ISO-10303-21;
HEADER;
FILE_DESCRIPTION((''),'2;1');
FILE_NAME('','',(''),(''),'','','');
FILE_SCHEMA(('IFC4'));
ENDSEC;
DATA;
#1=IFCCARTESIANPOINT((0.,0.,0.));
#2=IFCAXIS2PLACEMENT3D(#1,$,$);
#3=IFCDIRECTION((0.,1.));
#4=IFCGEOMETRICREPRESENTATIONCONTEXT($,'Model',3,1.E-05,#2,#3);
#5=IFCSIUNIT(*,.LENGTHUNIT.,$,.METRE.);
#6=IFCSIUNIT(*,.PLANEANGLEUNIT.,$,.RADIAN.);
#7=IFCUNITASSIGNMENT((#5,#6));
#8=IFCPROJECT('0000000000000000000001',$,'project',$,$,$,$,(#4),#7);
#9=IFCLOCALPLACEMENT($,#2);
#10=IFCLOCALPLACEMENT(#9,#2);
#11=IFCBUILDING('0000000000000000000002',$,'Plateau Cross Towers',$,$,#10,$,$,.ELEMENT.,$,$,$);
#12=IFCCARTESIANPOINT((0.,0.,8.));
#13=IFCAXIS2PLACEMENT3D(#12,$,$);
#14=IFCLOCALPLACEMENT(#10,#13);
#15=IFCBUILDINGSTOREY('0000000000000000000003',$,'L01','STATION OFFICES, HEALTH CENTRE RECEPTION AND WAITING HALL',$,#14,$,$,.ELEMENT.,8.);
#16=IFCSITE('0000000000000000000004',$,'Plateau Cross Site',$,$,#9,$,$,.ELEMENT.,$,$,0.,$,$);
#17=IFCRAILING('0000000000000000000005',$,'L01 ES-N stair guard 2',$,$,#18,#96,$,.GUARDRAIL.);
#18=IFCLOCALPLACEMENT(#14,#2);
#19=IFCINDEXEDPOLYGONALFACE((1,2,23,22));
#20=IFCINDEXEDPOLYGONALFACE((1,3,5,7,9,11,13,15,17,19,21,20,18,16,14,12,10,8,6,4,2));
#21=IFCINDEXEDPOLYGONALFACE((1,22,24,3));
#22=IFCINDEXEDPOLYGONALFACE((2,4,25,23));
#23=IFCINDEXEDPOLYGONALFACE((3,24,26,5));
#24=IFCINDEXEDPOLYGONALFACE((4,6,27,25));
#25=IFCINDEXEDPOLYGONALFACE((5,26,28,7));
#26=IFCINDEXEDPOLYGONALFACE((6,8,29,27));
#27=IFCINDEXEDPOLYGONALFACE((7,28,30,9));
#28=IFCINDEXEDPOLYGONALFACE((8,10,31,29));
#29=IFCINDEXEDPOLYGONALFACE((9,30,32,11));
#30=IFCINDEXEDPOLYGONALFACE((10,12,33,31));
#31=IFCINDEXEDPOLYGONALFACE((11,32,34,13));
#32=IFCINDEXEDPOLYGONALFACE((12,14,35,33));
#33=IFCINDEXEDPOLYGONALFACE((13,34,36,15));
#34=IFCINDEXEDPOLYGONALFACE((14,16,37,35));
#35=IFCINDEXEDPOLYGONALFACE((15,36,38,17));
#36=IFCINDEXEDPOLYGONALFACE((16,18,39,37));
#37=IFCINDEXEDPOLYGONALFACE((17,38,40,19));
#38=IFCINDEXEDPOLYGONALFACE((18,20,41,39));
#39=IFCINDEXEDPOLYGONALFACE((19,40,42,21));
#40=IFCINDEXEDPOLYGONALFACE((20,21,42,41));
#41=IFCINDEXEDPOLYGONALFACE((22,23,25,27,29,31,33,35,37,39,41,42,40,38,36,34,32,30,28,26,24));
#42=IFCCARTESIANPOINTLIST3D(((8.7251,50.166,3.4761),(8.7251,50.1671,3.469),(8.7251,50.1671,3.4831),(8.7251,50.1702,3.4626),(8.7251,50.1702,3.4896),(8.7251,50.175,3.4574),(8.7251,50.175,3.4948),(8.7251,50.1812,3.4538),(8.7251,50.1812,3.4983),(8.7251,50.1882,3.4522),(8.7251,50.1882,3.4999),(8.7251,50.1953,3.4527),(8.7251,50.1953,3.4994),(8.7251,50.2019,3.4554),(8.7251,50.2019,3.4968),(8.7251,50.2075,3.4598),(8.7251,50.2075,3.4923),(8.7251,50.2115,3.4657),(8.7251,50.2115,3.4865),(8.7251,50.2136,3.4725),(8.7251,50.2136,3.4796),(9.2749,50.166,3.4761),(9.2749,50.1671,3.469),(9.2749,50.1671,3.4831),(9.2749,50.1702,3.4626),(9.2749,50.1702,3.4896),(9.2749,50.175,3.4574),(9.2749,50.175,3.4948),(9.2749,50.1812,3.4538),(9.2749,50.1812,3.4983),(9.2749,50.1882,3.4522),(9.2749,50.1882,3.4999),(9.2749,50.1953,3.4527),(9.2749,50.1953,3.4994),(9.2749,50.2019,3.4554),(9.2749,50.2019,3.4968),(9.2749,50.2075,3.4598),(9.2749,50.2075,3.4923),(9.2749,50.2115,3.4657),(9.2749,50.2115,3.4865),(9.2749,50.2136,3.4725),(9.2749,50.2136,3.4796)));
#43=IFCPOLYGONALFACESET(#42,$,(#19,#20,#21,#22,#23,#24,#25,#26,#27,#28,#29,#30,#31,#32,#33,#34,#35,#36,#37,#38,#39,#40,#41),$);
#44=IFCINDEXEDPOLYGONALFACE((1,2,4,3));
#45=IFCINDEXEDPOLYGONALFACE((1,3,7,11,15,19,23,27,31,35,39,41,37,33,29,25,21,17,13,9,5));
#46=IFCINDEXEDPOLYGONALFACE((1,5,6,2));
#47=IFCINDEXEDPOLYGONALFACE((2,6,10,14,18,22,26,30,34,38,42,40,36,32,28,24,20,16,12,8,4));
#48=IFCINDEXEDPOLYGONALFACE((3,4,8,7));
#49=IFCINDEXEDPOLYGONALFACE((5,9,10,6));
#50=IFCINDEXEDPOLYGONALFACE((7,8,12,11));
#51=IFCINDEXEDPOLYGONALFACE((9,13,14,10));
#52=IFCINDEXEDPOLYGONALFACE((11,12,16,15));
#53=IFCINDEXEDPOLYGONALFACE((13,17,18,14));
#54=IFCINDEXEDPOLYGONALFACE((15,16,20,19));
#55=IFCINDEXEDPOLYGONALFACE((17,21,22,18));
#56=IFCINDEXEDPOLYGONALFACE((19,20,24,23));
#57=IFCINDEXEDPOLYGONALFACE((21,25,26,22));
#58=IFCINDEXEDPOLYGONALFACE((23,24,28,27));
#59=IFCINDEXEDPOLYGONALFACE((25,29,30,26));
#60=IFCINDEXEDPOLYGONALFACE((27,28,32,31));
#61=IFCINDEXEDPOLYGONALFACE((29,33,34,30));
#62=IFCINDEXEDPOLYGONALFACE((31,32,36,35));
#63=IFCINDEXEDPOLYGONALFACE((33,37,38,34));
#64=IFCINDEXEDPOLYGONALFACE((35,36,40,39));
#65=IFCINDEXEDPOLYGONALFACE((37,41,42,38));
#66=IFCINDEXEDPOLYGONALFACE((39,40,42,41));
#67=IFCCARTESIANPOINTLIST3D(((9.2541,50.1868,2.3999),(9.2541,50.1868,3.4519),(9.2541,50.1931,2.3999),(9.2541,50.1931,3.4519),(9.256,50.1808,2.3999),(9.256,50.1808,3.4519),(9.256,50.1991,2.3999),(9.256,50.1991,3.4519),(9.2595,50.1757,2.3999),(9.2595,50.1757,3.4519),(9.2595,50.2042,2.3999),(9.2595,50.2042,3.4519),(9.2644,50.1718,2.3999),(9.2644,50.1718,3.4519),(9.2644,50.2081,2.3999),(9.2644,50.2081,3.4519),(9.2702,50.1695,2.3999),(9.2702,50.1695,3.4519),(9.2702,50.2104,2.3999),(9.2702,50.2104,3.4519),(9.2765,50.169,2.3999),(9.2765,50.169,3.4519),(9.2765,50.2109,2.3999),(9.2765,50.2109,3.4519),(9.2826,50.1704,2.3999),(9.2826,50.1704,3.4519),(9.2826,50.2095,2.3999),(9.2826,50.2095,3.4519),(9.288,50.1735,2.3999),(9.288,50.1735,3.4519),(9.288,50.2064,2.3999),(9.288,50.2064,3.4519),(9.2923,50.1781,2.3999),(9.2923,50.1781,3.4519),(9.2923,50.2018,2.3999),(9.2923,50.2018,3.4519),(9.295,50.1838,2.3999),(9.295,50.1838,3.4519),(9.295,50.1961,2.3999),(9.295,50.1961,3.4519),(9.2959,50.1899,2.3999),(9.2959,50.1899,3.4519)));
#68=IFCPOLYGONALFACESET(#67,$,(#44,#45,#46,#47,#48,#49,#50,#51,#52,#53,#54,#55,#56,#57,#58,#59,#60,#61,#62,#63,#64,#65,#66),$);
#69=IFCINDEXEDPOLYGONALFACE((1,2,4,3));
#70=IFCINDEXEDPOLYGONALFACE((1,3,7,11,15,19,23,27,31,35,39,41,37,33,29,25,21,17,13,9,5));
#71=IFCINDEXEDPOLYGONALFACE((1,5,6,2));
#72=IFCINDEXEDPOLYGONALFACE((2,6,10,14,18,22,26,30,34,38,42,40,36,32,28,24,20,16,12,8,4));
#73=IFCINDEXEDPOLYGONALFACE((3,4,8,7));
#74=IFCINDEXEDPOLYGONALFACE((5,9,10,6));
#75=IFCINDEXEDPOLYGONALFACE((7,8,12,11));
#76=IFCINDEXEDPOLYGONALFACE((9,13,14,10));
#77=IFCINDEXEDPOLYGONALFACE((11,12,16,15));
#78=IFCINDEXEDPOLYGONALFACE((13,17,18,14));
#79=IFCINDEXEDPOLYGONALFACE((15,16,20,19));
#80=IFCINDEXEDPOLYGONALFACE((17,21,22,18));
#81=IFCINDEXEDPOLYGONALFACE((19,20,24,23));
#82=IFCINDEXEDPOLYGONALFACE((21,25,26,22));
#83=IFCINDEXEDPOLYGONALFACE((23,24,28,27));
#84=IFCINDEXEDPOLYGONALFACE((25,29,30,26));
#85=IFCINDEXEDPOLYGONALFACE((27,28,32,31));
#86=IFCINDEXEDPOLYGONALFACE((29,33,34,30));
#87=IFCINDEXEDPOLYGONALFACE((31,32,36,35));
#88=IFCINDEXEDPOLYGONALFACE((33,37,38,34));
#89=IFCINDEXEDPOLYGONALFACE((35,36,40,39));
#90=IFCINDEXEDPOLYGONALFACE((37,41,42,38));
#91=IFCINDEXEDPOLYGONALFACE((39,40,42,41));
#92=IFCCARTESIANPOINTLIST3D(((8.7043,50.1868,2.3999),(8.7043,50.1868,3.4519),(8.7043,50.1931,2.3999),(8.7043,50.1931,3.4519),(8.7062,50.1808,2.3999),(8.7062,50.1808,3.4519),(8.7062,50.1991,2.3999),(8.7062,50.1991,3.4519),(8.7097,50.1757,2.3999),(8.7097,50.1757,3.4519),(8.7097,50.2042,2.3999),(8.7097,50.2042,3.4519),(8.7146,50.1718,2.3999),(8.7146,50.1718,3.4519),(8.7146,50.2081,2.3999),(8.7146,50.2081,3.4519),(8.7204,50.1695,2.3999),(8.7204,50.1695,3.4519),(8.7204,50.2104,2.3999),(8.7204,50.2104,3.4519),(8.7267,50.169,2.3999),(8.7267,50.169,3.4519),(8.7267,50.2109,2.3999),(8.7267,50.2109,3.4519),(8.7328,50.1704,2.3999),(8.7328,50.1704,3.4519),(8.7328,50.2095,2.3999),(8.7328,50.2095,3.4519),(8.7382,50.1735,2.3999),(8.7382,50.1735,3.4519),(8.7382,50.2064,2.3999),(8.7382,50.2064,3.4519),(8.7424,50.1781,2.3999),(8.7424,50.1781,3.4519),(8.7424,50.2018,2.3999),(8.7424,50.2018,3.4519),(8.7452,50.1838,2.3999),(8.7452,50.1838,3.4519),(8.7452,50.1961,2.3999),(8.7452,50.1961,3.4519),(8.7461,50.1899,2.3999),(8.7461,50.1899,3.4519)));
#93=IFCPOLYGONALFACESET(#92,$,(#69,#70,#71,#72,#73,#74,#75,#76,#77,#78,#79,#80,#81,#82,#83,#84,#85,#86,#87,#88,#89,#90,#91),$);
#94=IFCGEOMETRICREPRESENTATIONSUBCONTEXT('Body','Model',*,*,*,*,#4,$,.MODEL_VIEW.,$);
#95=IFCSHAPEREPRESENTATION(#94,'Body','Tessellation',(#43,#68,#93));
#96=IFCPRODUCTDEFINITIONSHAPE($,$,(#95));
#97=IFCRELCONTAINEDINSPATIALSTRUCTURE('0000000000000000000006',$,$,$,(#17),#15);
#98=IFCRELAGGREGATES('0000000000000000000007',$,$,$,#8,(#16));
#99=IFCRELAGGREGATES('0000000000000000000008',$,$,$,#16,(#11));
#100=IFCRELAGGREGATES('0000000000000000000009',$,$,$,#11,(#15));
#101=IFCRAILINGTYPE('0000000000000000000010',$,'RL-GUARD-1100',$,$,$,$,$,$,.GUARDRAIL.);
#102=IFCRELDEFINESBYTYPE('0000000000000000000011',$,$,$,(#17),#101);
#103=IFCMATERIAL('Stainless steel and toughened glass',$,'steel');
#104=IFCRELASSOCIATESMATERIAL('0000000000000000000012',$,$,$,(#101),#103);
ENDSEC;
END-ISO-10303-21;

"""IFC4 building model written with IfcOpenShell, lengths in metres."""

from ifc_helpers import new_model, si_unit, direction, frame, origin, origin_2d, place, context, subcontext, project, spatial, circle, extrude, material, type_object, element, save


model = new_model("IFC4")

# Units and contexts
model_context = context("Model", 3, precision=1e-05, world=origin(), true_north=direction((0.0, 1.0)))
body_context = subcontext(model_context, "Body", "Model", "MODEL_VIEW")
ifc_project = project(units=[si_unit("LENGTHUNIT", "METRE"), si_unit("PLANEANGLEUNIT", "RADIAN")], contexts=[model_context])

# Site, building, storey
site_placement = place(None, origin())
site = spatial("IfcSite", under=ifc_project, at=site_placement, Name="Plateau Cross Site", CompositionType="ELEMENT", RefElevation=0.0)
building_placement = place(site_placement, origin())
building = spatial("IfcBuilding", under=site, at=building_placement, Name="Plateau Cross Towers", CompositionType="ELEMENT")
storey_placement = place(building_placement, frame((0.0, 0.0, 8.0)))
storey = spatial("IfcBuildingStorey", under=building, at=storey_placement, Name="L01", Description="STATION OFFICES, HEALTH CENTRE RECEPTION AND WAITING HALL", CompositionType="ELEMENT", Elevation=8.0)

# Railing
ifc_material_1 = material(Name="Stainless steel and toughened glass", Category="steel")
railing_type_1 = type_object("IfcRailingType", Name="RL-GUARD-1100", PredefinedType="GUARDRAIL", material=ifc_material_1)
railing_1_placement = place(storey_placement, frame((9.2749, 50.1899, 2.3999)))
element("IfcRailing", 1, at=railing_1_placement, inside=storey, type_object=railing_type_1, Name="L01 ES-N stair guard 2", PredefinedType="GUARDRAIL", context=body_context, shape_type="SweptSolid", body=[
    extrude(circle(Radius=0.0239, at=origin_2d()), frame((0.0, 0.0, 1.0762), z_axis=(-1.0, 0.0, 0.0), x_axis=(0.0, -1.0, 0.0)), (0.0, 0.0, 1.0), 0.5498),
    extrude(circle(Radius=0.021, at=origin_2d()), origin(), (0.0, 0.0, 1.0), 1.052),
    extrude(circle(Radius=0.021, at=origin_2d()), frame((-0.5498, 0.0, 0.0)), (0.0, 0.0, 1.0), 1.052),
])

save(model, "model.ifc")
